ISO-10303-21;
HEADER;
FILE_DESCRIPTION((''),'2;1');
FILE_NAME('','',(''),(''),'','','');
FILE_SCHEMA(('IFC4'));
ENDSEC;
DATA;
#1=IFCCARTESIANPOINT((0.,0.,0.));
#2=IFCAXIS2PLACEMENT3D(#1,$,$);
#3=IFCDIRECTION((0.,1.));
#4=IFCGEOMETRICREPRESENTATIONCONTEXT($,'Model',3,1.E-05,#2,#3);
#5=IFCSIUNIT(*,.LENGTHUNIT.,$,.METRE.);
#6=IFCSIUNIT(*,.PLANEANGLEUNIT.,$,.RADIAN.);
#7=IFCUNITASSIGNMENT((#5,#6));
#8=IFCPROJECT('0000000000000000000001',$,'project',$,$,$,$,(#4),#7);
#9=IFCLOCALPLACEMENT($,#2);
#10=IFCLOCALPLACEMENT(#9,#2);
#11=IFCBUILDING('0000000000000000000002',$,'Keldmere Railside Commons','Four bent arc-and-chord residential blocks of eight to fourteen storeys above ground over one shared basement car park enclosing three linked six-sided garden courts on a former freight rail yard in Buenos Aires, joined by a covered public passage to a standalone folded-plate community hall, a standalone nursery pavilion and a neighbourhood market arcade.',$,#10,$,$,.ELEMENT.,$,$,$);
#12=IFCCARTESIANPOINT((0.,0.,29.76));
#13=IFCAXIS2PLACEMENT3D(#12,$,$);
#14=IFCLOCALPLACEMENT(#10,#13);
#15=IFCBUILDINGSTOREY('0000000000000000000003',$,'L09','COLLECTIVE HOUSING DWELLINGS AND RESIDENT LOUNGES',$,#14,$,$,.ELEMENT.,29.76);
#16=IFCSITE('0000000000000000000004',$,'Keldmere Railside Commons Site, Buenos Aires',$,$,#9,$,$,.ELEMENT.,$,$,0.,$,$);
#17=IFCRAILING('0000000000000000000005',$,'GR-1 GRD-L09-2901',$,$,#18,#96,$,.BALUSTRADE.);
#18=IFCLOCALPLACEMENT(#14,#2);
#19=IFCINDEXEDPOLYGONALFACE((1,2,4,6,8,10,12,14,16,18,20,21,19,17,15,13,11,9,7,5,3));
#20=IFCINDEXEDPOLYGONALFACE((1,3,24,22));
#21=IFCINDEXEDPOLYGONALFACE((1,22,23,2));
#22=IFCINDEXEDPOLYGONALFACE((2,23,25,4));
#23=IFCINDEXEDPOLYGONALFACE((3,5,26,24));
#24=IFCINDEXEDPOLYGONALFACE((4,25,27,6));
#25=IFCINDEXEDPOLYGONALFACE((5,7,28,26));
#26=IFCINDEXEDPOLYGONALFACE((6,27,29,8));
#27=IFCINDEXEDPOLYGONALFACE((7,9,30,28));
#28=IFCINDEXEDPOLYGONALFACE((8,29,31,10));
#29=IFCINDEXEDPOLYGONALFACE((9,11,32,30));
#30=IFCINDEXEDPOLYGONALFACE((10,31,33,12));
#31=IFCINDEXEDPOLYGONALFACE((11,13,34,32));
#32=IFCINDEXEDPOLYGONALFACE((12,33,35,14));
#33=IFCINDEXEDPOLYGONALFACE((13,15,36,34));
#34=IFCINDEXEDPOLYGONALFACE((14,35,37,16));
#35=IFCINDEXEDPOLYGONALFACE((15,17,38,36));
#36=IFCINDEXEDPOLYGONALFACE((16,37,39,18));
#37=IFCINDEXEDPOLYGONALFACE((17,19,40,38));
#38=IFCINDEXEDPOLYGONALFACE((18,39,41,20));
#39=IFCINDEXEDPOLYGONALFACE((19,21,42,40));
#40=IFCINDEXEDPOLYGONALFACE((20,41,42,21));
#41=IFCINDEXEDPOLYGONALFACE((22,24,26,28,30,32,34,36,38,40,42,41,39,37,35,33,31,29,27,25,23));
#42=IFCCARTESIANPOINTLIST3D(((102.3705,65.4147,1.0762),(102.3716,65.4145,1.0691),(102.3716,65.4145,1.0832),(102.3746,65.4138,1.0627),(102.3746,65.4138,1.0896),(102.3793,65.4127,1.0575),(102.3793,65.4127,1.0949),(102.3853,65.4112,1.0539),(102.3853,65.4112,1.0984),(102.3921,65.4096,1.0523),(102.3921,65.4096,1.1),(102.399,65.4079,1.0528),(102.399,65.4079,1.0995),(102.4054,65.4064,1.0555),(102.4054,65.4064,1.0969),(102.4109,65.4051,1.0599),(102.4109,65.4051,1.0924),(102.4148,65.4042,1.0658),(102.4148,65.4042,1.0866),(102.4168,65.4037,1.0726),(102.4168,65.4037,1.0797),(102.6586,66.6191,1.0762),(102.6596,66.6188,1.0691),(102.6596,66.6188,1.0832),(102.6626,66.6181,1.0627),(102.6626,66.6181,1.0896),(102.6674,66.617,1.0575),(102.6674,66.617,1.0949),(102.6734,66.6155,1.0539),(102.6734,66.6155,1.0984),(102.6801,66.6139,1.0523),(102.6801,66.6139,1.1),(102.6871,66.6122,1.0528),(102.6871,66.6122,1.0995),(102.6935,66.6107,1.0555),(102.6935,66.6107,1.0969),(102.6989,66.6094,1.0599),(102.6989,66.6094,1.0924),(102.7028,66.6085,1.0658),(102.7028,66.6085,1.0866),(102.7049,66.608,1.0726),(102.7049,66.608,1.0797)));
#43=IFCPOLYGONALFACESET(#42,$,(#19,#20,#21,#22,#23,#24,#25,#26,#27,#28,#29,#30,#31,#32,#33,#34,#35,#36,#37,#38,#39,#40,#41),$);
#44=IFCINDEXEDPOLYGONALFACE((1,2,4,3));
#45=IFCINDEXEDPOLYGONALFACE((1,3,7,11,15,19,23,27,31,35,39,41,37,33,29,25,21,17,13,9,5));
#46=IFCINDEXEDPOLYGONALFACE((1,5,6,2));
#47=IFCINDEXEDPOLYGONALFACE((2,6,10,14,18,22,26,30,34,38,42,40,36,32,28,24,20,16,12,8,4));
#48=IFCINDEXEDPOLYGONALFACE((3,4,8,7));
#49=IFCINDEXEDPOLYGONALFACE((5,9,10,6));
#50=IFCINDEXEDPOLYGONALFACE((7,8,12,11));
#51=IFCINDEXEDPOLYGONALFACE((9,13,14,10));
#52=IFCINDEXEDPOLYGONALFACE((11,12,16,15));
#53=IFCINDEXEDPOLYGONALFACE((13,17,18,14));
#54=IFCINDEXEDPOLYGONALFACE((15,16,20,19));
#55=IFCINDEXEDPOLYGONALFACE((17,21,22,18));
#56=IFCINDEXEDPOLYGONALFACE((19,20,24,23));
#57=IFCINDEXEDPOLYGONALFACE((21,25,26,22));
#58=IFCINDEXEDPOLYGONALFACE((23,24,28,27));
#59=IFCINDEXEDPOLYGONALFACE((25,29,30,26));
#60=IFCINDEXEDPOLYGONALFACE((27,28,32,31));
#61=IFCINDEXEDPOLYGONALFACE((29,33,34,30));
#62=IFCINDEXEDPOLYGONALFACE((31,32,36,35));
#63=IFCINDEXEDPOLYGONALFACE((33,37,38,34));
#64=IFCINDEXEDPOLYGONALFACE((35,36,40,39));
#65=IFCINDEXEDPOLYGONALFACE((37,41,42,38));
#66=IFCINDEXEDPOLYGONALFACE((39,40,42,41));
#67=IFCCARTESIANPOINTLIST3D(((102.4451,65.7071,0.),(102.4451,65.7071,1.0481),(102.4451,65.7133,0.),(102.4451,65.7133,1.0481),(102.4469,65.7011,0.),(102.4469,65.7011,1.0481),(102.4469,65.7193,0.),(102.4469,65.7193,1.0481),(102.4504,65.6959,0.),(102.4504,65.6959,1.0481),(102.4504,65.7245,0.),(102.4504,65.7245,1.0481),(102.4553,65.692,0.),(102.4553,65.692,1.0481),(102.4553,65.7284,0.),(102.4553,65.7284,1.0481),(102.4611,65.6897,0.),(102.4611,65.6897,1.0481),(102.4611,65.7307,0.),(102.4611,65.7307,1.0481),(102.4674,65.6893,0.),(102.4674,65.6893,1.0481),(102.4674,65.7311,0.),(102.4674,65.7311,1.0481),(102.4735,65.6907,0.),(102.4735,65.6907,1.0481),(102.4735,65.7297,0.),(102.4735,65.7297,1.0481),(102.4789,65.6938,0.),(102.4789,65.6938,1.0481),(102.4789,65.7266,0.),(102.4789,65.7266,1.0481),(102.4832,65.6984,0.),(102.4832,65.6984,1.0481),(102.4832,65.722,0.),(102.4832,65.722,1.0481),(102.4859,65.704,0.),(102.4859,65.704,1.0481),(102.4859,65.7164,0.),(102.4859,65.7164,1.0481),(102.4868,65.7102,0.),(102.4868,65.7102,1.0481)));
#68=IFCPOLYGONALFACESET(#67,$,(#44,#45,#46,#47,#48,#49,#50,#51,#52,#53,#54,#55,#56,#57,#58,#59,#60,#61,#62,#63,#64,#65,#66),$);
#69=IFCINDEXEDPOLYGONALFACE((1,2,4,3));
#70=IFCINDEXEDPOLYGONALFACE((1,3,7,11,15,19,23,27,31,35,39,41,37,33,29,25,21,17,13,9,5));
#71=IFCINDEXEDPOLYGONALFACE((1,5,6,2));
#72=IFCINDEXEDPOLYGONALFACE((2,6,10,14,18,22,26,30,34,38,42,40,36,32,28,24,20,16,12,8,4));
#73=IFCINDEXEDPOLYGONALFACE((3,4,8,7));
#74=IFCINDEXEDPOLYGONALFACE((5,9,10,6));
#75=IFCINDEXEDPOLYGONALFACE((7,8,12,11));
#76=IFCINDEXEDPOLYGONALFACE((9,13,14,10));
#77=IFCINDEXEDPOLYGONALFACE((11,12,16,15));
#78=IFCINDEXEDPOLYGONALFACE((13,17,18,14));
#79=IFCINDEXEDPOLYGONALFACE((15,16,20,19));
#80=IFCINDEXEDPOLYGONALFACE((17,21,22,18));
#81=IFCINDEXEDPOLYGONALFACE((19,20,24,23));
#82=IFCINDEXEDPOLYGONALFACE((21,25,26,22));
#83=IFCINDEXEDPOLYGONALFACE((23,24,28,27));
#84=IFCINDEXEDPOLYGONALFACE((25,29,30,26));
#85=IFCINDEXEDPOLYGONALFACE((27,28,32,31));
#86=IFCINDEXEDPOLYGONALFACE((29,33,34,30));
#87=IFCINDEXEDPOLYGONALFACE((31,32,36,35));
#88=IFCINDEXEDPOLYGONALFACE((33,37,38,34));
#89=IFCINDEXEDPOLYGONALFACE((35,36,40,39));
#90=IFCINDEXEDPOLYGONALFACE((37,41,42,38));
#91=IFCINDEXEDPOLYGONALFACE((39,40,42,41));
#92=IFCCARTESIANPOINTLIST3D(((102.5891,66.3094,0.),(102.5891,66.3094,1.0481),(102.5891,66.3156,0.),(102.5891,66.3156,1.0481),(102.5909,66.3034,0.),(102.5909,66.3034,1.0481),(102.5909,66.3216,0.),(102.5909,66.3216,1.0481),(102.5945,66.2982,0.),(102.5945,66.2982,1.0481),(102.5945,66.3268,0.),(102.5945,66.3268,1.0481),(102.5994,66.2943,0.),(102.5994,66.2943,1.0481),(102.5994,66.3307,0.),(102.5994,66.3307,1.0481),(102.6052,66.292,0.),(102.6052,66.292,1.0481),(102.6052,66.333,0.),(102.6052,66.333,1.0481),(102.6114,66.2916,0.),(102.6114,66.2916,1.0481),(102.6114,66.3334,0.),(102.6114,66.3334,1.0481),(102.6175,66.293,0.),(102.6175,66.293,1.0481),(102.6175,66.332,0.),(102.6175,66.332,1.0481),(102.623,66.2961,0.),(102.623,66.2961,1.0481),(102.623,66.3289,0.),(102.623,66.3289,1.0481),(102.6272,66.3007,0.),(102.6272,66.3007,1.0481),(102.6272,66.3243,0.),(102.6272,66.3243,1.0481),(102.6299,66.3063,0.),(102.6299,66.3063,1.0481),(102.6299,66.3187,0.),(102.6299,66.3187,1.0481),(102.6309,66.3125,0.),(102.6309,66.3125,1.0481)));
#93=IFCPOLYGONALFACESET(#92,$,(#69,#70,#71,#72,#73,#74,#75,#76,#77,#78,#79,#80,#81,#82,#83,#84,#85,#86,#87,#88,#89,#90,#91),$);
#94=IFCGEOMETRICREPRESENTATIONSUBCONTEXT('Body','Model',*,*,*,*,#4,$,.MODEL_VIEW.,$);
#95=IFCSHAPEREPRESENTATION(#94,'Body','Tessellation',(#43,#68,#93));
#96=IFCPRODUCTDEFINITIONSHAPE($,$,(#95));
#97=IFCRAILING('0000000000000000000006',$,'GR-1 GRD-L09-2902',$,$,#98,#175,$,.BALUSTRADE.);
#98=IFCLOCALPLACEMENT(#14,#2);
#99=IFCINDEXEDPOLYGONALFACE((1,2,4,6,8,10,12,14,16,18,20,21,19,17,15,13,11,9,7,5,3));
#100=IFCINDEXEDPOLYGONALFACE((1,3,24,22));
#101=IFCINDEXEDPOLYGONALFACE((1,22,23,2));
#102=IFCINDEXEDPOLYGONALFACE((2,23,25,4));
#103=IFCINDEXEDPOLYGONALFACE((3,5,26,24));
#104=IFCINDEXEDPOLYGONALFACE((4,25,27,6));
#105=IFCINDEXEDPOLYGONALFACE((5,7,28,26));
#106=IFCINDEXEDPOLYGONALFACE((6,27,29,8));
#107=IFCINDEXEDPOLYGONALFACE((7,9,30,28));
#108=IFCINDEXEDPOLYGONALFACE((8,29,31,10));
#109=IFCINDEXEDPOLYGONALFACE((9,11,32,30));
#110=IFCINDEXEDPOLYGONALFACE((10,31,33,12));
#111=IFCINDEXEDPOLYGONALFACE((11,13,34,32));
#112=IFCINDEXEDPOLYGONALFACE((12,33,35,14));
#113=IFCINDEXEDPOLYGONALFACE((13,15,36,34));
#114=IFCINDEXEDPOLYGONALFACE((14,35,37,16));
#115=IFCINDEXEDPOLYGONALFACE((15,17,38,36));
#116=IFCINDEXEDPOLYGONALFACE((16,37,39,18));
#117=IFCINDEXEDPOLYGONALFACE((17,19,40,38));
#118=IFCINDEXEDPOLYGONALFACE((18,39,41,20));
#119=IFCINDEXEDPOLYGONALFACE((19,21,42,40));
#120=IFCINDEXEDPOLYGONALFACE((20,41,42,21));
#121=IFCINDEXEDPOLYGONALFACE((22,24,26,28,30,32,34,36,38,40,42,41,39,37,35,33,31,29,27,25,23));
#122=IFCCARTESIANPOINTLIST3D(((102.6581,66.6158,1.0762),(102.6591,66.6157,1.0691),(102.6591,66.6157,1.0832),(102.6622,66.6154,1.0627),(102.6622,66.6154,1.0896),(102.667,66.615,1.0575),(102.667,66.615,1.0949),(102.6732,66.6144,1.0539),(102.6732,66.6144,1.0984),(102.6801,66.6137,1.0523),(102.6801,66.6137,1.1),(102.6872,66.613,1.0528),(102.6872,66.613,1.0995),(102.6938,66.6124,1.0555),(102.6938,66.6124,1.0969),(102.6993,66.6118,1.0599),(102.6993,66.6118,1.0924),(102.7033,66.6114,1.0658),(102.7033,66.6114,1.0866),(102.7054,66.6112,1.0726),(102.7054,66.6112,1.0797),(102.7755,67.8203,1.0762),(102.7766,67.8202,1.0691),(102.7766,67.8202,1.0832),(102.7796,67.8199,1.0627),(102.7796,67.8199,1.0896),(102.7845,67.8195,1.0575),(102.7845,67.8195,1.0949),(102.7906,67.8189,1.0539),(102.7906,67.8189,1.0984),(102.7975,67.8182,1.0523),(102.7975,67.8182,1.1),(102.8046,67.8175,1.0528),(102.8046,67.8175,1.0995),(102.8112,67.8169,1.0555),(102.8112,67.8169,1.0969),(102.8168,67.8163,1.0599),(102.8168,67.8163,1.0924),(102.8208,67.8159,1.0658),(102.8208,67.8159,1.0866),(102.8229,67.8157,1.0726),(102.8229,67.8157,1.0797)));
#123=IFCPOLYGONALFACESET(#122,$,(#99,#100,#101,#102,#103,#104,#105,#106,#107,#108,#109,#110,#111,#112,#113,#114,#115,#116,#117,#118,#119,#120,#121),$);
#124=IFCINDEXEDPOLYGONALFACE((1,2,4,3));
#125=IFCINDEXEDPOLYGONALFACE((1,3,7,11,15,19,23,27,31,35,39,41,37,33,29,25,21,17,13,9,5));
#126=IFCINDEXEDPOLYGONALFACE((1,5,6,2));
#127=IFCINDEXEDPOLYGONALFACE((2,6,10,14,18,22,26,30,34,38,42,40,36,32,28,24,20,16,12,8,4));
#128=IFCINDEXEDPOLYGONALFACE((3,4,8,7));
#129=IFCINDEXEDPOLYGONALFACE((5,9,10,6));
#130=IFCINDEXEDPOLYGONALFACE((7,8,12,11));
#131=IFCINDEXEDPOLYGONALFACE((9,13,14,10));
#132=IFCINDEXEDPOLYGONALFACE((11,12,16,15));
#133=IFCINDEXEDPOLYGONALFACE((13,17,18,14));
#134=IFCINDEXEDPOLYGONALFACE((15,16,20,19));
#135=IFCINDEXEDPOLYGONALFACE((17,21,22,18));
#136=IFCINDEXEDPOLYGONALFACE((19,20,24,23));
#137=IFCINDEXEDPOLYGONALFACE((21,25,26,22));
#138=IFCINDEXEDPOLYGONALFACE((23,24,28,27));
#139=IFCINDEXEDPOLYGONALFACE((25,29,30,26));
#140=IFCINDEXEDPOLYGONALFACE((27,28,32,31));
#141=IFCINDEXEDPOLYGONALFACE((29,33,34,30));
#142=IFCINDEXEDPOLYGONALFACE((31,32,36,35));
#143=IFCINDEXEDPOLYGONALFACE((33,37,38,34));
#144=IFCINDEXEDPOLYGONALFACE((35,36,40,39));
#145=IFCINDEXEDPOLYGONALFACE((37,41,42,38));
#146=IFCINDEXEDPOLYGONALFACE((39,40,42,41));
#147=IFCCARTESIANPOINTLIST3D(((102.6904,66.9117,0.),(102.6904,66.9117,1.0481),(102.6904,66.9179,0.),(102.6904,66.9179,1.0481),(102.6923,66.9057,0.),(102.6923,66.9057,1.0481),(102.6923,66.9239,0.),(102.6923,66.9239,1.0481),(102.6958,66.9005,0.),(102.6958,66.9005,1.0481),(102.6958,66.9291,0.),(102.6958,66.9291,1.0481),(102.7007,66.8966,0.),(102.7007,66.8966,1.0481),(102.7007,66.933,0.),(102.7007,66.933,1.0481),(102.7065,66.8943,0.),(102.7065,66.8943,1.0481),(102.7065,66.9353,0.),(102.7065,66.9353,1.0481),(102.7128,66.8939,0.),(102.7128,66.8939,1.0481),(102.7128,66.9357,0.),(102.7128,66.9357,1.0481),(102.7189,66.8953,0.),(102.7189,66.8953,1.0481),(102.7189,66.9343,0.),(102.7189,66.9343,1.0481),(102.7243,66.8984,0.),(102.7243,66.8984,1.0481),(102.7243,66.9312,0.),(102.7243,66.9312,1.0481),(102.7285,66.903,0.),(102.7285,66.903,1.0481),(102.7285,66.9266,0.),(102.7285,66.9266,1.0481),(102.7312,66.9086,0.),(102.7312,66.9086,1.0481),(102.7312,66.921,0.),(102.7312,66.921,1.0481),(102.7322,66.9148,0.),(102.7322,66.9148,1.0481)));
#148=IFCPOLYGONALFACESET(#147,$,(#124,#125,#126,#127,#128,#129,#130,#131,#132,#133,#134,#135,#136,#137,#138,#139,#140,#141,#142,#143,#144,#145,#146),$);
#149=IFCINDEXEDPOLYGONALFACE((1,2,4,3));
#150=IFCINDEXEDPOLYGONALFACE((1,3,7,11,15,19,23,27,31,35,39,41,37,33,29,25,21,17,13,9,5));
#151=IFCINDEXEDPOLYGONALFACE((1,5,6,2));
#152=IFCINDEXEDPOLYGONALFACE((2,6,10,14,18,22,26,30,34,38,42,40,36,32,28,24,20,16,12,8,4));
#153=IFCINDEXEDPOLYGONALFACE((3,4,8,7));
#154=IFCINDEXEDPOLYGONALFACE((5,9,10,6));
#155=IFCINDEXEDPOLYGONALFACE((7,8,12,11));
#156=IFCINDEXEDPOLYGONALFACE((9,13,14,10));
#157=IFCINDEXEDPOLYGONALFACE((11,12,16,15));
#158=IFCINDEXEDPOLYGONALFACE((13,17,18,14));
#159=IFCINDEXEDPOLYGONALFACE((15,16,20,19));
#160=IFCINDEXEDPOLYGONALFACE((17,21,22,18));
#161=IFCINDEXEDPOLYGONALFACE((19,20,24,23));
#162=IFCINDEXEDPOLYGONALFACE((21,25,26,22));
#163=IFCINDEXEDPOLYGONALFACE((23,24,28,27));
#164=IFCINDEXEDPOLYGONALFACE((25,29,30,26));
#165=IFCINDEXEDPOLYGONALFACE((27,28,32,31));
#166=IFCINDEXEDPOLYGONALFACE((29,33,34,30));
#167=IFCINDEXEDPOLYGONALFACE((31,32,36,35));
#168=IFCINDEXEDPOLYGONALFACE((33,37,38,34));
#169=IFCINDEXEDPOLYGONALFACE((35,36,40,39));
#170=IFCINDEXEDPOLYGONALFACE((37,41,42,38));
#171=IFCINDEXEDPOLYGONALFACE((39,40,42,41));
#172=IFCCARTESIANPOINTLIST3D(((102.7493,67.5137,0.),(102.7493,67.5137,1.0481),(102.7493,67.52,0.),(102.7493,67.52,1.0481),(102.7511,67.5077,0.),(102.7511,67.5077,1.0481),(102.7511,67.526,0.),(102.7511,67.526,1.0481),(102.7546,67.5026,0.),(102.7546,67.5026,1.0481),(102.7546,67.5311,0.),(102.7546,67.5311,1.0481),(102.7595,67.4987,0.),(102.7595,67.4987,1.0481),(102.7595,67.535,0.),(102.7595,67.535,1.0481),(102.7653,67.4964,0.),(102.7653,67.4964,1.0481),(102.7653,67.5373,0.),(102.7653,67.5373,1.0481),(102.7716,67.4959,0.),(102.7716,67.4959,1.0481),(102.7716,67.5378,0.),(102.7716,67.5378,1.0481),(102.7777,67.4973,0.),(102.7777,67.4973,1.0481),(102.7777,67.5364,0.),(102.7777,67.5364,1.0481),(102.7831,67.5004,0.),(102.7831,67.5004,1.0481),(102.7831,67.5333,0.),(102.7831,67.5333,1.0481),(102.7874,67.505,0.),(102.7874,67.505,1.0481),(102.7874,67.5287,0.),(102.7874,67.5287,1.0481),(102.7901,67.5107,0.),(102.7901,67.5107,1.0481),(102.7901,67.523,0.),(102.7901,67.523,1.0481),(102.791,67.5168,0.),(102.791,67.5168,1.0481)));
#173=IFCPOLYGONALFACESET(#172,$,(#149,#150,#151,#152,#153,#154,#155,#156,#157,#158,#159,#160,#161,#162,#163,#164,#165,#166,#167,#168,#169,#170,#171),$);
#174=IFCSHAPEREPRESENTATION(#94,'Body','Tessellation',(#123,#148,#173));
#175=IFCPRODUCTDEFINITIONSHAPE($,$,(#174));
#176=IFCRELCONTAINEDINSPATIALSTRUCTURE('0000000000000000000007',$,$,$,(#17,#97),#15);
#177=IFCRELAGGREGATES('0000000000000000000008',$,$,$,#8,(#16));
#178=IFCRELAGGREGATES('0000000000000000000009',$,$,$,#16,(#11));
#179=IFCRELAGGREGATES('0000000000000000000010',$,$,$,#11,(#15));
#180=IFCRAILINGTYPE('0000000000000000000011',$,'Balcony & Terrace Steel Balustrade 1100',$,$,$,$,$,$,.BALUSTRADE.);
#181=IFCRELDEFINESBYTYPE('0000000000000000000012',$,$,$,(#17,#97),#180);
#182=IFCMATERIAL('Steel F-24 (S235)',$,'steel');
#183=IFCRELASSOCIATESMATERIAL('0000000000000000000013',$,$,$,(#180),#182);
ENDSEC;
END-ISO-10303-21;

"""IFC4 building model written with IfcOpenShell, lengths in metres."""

from ifc_helpers import new_model, si_unit, direction, frame, origin, origin_2d, place, context, subcontext, project, spatial, circle, extrude, material, type_object, element, save


model = new_model("IFC4")

# Units and contexts
model_context = context("Model", 3, precision=1e-05, world=origin(), true_north=direction((0.0, 1.0)))
body_context = subcontext(model_context, "Body", "Model", "MODEL_VIEW")
ifc_project = project(units=[si_unit("LENGTHUNIT", "METRE"), si_unit("PLANEANGLEUNIT", "RADIAN")], contexts=[model_context])

# Site, building, storey
site_placement = place(None, origin())
site = spatial("IfcSite", under=ifc_project, at=site_placement, Name="Keldmere Railside Commons Site, Buenos Aires", CompositionType="ELEMENT", RefElevation=0.0)
building_placement = place(site_placement, origin())
building = spatial("IfcBuilding", under=site, at=building_placement, Name="Keldmere Railside Commons", Description="Four bent arc-and-chord residential blocks of eight to fourteen storeys above ground over one shared basement car park enclosing three linked six-sided garden courts on a former freight rail yard in Buenos Aires, joined by a covered public passage to a standalone folded-plate community hall, a standalone nursery pavilion and a neighbourhood market arcade.", CompositionType="ELEMENT")
storey_placement = place(building_placement, frame((0.0, 0.0, 29.76)))
storey = spatial("IfcBuildingStorey", under=building, at=storey_placement, Name="L09", Description="COLLECTIVE HOUSING DWELLINGS AND RESIDENT LOUNGES", CompositionType="ELEMENT", Elevation=29.76)

# Railings
ifc_material_1 = material(Name="Steel F-24 (S235)", Category="steel")
railing_type_1 = type_object("IfcRailingType", Name="Balcony & Terrace Steel Balustrade 1100", PredefinedType="BALUSTRADE", material=ifc_material_1)
railing_1_placement = place(storey_placement, frame((102.3938, 65.4092, 0.0)))
element("IfcRailing", 1, at=railing_1_placement, inside=storey, type_object=railing_type_1, Name="GR-1 GRD-L09-2901", PredefinedType="BALUSTRADE", context=body_context, shape_type="SweptSolid", body=[
    extrude(circle(Radius=0.0239, at=origin_2d()), frame((0.0, 0.0, 1.0762), z_axis=(0.232642, 0.972562, 0.0), x_axis=(-0.972562, 0.232642, 0.0)), (0.0, 0.0, 1.0), 1.2383),
    extrude(circle(Radius=0.021, at=origin_2d()), frame((0.072, 0.301, 0.0)), (0.0, 0.0, 1.0), 1.0481),
    extrude(circle(Radius=0.021, at=origin_2d()), frame((0.2161, 0.9033, 0.0)), (0.0, 0.0, 1.0), 1.0481),
])
railing_2_placement = place(storey_placement, frame((102.6819, 66.6135, 0.0)))
element("IfcRailing", 2, at=railing_2_placement, inside=storey, type_object=railing_type_1, Name="GR-1 GRD-L09-2902", PredefinedType="BALUSTRADE", context=body_context, shape_type="SweptSolid", body=[
    extrude(circle(Radius=0.0239, at=origin_2d()), frame((0.0, 0.0, 1.0762), z_axis=(0.097027, 0.995282, 0.0), x_axis=(-0.995282, 0.097027, 0.0)), (0.0, 0.0, 1.0), 1.2102),
    extrude(circle(Radius=0.021, at=origin_2d()), frame((0.0293, 0.3013, 0.0)), (0.0, 0.0, 1.0), 1.0481),
    extrude(circle(Radius=0.021, at=origin_2d()), frame((0.0881, 0.9033, 0.0)), (0.0, 0.0, 1.0), 1.0481),
])

save(model, "model.ifc")
